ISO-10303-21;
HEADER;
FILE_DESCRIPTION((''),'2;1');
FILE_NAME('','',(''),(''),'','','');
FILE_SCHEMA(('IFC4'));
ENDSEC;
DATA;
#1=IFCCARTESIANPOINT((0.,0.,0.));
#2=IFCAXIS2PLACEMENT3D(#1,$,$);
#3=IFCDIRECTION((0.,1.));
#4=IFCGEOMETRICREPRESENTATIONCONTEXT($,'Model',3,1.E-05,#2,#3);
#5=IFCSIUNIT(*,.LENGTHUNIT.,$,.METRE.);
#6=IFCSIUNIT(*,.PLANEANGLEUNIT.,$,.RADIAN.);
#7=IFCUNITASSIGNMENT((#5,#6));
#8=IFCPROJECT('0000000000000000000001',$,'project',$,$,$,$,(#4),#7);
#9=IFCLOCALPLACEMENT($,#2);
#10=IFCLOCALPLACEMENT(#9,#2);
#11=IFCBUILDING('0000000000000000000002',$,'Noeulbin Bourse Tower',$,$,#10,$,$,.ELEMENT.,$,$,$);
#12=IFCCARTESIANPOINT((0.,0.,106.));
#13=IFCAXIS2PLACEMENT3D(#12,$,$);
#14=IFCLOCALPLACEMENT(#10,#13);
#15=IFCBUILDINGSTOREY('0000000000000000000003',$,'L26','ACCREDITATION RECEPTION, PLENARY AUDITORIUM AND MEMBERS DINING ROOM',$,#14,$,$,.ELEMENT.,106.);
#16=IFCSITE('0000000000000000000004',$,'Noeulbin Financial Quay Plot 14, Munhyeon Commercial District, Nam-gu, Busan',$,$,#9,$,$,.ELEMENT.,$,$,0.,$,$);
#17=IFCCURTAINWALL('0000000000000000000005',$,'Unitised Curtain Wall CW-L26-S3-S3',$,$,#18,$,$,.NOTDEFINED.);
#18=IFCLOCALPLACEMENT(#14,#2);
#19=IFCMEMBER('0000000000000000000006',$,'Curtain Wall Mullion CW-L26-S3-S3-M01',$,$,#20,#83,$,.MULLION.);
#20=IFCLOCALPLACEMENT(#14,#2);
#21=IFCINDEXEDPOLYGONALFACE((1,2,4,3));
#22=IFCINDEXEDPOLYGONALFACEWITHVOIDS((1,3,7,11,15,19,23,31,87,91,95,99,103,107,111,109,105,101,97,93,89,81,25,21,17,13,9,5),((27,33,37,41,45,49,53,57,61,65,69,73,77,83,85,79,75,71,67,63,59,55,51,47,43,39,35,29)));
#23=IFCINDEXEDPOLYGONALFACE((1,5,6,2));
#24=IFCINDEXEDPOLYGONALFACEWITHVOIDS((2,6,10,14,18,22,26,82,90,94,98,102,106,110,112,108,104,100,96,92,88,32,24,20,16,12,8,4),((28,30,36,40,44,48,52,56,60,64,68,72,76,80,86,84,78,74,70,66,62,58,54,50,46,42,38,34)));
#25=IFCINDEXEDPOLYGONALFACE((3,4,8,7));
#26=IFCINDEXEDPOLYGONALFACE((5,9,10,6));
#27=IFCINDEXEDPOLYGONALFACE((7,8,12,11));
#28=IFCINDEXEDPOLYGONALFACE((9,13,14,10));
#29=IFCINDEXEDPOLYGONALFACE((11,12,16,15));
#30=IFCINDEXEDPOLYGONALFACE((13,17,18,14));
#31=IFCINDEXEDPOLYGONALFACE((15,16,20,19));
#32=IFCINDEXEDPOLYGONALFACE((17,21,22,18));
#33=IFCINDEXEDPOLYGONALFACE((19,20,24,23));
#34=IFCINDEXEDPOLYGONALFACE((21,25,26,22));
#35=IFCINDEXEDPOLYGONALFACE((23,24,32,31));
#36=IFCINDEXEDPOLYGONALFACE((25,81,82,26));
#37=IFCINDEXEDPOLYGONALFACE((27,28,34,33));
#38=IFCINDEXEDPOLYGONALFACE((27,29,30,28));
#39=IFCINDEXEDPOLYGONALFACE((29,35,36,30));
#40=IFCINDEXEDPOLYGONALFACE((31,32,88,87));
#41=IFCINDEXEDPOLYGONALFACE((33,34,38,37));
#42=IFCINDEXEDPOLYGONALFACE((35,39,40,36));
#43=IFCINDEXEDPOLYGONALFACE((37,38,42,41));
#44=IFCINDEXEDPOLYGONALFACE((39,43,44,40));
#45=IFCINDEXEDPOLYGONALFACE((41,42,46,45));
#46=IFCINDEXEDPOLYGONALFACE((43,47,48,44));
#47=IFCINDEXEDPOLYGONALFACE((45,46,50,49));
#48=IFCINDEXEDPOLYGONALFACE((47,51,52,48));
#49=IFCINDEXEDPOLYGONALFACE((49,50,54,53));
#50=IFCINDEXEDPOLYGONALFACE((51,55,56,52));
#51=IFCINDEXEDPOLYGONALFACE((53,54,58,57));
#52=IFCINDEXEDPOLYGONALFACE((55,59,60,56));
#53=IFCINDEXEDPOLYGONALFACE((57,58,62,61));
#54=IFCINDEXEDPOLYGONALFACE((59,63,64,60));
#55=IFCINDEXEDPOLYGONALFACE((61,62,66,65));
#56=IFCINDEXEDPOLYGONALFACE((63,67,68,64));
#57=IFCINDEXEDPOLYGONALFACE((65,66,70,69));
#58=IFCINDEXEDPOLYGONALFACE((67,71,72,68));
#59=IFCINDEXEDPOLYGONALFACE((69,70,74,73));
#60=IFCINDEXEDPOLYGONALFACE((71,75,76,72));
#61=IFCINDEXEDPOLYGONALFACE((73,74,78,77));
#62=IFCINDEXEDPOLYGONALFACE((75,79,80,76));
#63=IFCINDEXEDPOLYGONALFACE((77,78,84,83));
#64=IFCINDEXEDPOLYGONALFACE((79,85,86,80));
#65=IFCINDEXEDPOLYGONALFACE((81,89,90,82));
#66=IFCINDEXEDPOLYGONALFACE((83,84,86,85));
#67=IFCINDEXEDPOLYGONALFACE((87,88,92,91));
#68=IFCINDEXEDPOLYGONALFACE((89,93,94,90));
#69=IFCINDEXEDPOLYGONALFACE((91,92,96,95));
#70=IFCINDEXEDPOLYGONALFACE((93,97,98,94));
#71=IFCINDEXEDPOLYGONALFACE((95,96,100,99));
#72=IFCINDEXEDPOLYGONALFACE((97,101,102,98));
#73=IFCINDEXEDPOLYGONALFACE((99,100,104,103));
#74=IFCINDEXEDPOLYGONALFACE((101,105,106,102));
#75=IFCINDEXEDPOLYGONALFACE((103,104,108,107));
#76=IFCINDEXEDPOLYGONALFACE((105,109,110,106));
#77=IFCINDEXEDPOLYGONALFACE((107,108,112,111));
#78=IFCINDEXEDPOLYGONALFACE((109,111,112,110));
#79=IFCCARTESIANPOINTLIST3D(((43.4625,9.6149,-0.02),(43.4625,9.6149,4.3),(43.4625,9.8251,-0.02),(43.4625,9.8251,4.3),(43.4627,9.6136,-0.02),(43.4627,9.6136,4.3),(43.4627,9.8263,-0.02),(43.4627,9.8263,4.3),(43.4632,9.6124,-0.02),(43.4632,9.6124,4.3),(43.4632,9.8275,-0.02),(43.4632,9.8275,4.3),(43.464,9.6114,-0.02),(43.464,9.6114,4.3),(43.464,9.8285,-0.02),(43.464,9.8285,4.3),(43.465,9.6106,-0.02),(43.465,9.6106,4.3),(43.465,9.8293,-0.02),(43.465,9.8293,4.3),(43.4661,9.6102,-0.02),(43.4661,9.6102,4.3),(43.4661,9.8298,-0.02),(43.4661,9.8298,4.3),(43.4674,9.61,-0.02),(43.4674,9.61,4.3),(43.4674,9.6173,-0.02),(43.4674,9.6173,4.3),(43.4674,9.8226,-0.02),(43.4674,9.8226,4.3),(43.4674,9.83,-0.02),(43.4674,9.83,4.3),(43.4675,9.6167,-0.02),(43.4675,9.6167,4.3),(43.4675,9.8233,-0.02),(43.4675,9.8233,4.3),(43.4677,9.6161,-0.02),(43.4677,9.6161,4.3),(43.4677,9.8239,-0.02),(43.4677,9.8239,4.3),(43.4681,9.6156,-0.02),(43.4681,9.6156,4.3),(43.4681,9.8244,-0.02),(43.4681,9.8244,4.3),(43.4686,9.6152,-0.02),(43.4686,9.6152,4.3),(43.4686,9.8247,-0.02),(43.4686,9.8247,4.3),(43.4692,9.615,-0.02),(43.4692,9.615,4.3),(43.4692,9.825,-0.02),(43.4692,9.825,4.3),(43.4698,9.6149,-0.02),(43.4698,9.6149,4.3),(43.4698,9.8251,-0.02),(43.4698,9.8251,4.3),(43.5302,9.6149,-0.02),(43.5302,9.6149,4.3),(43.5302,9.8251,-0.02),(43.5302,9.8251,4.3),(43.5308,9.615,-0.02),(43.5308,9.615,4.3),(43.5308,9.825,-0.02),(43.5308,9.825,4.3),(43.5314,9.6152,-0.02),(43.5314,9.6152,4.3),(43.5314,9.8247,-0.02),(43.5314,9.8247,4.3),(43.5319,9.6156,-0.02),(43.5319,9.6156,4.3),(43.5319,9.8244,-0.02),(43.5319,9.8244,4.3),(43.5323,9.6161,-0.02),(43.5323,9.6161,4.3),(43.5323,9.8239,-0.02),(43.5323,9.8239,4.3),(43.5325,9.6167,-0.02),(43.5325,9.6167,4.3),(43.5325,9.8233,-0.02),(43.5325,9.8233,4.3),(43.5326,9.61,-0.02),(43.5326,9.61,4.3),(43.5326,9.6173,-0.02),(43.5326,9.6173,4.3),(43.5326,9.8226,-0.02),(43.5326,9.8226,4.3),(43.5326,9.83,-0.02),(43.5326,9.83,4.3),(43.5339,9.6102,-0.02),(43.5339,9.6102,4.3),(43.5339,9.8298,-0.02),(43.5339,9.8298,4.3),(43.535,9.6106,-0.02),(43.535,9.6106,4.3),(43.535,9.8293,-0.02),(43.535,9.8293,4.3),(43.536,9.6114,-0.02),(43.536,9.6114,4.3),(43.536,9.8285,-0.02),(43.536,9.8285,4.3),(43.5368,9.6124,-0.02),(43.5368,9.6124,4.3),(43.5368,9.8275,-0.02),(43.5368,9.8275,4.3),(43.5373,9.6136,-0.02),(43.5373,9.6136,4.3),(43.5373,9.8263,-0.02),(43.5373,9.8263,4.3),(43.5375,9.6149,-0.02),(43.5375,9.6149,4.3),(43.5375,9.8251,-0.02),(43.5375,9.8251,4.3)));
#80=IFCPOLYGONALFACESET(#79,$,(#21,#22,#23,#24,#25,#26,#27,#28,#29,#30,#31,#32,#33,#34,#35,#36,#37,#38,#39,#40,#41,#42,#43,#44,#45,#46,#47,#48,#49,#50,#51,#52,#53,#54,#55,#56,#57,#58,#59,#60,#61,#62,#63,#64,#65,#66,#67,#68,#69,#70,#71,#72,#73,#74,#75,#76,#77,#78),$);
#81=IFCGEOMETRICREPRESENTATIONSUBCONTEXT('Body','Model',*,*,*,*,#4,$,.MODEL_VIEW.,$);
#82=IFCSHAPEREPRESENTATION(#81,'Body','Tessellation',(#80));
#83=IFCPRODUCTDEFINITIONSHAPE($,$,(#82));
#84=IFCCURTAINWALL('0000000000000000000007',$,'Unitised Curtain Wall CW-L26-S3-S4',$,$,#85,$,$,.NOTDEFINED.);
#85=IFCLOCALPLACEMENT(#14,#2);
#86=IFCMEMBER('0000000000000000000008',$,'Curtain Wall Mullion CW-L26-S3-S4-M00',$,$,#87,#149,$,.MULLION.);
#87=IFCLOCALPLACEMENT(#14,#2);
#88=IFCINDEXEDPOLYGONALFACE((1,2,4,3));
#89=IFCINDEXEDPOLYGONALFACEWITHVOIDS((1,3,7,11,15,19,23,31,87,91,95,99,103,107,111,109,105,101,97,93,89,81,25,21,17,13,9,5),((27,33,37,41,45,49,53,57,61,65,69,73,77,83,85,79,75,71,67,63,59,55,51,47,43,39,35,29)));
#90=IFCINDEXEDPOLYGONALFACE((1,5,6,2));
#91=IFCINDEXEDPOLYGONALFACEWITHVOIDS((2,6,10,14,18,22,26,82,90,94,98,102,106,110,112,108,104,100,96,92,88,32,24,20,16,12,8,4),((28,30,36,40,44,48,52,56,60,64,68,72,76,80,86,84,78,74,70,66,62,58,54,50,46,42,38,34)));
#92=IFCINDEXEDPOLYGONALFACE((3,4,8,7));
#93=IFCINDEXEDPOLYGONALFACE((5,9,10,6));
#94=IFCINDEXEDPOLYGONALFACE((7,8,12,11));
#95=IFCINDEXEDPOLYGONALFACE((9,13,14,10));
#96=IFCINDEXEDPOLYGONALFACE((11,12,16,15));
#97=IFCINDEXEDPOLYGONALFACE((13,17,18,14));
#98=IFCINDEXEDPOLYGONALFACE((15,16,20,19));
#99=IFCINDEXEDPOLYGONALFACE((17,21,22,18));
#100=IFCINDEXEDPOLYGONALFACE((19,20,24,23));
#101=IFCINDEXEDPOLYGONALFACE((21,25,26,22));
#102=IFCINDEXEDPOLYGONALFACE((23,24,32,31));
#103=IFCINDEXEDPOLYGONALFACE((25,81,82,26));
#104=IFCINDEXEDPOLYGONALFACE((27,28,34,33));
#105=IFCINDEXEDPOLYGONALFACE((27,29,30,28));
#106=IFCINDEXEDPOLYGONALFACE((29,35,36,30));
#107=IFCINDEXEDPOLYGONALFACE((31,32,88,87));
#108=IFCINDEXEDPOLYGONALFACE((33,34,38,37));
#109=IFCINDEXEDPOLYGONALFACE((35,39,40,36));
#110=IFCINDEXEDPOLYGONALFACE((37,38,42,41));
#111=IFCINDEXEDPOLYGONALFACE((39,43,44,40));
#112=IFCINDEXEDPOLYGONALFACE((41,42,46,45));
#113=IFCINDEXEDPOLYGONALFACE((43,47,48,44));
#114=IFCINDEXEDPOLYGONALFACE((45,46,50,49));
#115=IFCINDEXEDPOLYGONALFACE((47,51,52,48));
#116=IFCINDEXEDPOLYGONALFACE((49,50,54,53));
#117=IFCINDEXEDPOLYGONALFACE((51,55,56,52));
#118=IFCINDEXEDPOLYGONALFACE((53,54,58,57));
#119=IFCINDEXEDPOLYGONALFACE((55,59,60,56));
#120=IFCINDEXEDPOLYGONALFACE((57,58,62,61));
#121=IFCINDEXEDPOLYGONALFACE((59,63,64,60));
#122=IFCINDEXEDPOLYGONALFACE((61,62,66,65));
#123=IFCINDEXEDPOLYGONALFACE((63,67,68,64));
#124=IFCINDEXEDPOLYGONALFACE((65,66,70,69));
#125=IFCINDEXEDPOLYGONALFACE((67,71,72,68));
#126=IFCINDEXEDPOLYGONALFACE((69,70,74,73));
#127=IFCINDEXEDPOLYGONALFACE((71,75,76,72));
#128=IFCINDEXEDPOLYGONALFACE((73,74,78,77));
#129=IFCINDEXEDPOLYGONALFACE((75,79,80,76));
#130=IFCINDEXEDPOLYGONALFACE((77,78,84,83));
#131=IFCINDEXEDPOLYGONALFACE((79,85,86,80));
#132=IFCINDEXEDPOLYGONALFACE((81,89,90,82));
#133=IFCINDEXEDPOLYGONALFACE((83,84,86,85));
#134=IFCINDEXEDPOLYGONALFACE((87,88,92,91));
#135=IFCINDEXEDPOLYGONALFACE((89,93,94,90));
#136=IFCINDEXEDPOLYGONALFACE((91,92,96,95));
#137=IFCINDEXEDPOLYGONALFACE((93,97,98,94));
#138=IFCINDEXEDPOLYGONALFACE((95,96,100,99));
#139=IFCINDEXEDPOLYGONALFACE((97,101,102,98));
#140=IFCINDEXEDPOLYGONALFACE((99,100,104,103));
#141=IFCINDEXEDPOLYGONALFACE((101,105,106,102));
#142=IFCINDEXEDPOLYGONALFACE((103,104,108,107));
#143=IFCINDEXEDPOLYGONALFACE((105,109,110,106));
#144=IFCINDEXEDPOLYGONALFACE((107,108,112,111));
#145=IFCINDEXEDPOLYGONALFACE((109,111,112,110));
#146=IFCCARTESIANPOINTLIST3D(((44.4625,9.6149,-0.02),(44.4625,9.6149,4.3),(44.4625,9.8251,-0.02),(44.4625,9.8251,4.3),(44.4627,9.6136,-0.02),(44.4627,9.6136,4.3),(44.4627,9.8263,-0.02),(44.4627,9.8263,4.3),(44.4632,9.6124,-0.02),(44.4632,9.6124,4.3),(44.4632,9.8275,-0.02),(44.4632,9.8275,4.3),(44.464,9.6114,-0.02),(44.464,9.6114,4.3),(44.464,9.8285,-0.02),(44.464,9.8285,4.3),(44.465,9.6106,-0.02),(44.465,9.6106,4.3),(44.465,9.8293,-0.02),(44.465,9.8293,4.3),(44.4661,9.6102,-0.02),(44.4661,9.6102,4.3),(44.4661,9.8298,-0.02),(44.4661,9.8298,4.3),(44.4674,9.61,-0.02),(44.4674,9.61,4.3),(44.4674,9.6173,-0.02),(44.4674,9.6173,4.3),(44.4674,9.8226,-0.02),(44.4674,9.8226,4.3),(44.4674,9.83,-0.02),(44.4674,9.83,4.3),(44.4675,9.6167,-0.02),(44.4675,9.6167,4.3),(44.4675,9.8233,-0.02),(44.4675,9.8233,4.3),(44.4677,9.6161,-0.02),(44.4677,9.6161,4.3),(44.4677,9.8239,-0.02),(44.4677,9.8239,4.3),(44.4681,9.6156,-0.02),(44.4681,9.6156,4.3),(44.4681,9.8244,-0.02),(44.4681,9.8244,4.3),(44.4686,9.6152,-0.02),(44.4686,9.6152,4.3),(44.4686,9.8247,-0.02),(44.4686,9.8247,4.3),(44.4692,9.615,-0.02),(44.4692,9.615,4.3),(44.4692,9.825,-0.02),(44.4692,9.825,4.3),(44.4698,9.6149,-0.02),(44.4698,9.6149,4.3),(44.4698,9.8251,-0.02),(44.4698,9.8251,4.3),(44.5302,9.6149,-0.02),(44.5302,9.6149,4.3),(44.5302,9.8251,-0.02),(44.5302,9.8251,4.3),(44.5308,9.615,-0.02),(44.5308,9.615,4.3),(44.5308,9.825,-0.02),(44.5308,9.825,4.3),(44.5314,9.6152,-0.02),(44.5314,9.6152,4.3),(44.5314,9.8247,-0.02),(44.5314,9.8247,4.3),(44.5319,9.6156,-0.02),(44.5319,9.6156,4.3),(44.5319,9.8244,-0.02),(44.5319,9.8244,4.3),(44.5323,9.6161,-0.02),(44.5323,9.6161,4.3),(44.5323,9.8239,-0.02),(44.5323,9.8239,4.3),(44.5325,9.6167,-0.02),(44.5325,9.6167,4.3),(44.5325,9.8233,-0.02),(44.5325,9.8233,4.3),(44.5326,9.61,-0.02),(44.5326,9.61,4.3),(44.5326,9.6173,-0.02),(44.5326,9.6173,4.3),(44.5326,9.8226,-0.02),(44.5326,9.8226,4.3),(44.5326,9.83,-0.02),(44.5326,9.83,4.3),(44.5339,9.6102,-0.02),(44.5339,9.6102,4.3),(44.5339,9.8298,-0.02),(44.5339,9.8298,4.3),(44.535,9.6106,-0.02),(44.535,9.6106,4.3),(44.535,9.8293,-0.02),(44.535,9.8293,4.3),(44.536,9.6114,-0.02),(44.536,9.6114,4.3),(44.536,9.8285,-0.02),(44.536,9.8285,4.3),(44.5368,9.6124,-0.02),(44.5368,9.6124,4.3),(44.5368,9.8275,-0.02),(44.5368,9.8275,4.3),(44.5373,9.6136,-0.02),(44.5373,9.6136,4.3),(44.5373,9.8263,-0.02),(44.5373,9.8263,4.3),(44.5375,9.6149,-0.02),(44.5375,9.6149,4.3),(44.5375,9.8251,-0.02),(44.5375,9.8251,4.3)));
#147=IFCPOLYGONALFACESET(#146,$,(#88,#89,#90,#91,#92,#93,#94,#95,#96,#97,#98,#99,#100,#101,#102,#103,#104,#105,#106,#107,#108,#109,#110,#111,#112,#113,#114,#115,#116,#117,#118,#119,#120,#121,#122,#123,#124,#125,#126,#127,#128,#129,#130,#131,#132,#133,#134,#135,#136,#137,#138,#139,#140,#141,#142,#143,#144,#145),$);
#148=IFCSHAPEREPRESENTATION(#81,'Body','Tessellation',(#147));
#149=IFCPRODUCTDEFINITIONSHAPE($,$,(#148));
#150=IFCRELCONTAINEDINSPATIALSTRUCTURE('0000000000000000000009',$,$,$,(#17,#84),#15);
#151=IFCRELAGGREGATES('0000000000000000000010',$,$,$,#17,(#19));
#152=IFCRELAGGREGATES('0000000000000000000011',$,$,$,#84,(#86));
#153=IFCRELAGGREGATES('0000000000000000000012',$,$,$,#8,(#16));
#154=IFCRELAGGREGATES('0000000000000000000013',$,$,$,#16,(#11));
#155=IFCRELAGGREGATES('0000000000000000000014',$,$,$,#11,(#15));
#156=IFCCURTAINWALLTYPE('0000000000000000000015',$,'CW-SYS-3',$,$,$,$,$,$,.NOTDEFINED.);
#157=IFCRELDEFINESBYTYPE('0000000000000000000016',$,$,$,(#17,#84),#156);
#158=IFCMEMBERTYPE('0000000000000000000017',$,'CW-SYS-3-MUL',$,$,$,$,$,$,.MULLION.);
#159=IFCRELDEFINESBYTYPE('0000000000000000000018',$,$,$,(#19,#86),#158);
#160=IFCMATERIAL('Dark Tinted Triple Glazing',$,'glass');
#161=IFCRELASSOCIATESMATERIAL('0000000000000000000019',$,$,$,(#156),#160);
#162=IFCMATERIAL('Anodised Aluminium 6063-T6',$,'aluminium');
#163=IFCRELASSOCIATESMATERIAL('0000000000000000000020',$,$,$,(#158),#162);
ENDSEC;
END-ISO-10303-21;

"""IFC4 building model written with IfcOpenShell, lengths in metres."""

from ifc_helpers import new_model, si_unit, direction, frame, origin, origin_2d, place, context, subcontext, project, spatial, hollow_rectangle, extrude, material, material_profile, profile_set, type_object, element, aggregate, save


model = new_model("IFC4")

# Units and contexts
model_context = context("Model", 3, precision=1e-05, world=origin(), true_north=direction((0.0, 1.0)))
body_context = subcontext(model_context, "Body", "Model", "MODEL_VIEW")
ifc_project = project(units=[si_unit("LENGTHUNIT", "METRE"), si_unit("PLANEANGLEUNIT", "RADIAN")], contexts=[model_context])

# Site, building, storey
site_placement = place(None, origin())
site = spatial("IfcSite", under=ifc_project, at=site_placement, Name="Noeulbin Financial Quay Plot 14, Munhyeon Commercial District, Nam-gu, Busan", CompositionType="ELEMENT", RefElevation=0.0)
building_placement = place(site_placement, origin())
building = spatial("IfcBuilding", under=site, at=building_placement, Name="Noeulbin Bourse Tower", CompositionType="ELEMENT")
storey_placement = place(building_placement, frame((0.0, 0.0, 106.0)))
storey = spatial("IfcBuildingStorey", under=building, at=storey_placement, Name="L26", Description="ACCREDITATION RECEPTION, PLENARY AUDITORIUM AND MEMBERS DINING ROOM", CompositionType="ELEMENT", Elevation=106.0)

# Curtain wall, member
ifc_material_1 = material(Name="Dark Tinted Triple Glazing", Category="glass")
curtain_wall_type = type_object("IfcCurtainWallType", Name="CW-SYS-3", PredefinedType="NOTDEFINED", material=ifc_material_1)
curtain_wall_1_placement = place(storey_placement, origin())
curtain_wall_1 = element("IfcCurtainWall", 1, at=curtain_wall_1_placement, inside=storey, type_object=curtain_wall_type, Name="Unitised Curtain Wall CW-L26-S3-S3", PredefinedType="NOTDEFINED")
ifc_material_2 = material(Name="Anodised Aluminium 6063-T6", Category="aluminium")
ifc_material_profile_1 = material_profile(ifc_material_2, hollow_rectangle(XDim=0.075, YDim=0.22, WallThickness=0.0049, InnerFilletRadius=0.0024, OuterFilletRadius=0.0049, at=origin_2d()), Name="ALU-MULL-75x220x5", Category="LoadBearing")
ifc_profile_set_1 = profile_set([ifc_material_profile_1], Name="Anodised Aluminium 6063-T6")
member_type_1 = type_object("IfcMemberType", Name="CW-SYS-3-MUL", PredefinedType="MULLION", material=ifc_profile_set_1)
member_1_placement = place(storey_placement, frame((43.5, 9.72, -0.02), z_axis=(0.0, 0.0, 1.0), x_axis=(1.0, 0.0, 0.0)))
member_1 = element("IfcMember", 2, at=member_1_placement, type_object=member_type_1, Name="Curtain Wall Mullion CW-L26-S3-S3-M01", PredefinedType="MULLION", context=body_context, shape_type="SweptSolid", body=[
    extrude(hollow_rectangle(XDim=0.075, YDim=0.22, WallThickness=0.0049, InnerFilletRadius=0.0024, OuterFilletRadius=0.0049, at=origin_2d()), origin(), (0.0, 0.0, 1.0), 4.3201),
])

# Curtain wall, member
curtain_wall_2_placement = place(storey_placement, origin())
curtain_wall_2 = element("IfcCurtainWall", 3, at=curtain_wall_2_placement, inside=storey, type_object=curtain_wall_type, Name="Unitised Curtain Wall CW-L26-S3-S4", PredefinedType="NOTDEFINED")
member_2_placement = place(storey_placement, frame((44.5, 9.72, -0.02), z_axis=(0.0, 0.0, 1.0), x_axis=(1.0, 0.0, 0.0)))
member_2 = element("IfcMember", 4, at=member_2_placement, type_object=member_type_1, Name="Curtain Wall Mullion CW-L26-S3-S4-M00", PredefinedType="MULLION", context=body_context, shape_type="SweptSolid", body=[
    extrude(hollow_rectangle(XDim=0.075, YDim=0.22, WallThickness=0.0049, InnerFilletRadius=0.0024, OuterFilletRadius=0.0049, at=origin_2d()), origin(), (0.0, 0.0, 1.0), 4.3201),
])

aggregate(curtain_wall_1, [member_1])
aggregate(curtain_wall_2, [member_2])

save(model, "model.ifc")
